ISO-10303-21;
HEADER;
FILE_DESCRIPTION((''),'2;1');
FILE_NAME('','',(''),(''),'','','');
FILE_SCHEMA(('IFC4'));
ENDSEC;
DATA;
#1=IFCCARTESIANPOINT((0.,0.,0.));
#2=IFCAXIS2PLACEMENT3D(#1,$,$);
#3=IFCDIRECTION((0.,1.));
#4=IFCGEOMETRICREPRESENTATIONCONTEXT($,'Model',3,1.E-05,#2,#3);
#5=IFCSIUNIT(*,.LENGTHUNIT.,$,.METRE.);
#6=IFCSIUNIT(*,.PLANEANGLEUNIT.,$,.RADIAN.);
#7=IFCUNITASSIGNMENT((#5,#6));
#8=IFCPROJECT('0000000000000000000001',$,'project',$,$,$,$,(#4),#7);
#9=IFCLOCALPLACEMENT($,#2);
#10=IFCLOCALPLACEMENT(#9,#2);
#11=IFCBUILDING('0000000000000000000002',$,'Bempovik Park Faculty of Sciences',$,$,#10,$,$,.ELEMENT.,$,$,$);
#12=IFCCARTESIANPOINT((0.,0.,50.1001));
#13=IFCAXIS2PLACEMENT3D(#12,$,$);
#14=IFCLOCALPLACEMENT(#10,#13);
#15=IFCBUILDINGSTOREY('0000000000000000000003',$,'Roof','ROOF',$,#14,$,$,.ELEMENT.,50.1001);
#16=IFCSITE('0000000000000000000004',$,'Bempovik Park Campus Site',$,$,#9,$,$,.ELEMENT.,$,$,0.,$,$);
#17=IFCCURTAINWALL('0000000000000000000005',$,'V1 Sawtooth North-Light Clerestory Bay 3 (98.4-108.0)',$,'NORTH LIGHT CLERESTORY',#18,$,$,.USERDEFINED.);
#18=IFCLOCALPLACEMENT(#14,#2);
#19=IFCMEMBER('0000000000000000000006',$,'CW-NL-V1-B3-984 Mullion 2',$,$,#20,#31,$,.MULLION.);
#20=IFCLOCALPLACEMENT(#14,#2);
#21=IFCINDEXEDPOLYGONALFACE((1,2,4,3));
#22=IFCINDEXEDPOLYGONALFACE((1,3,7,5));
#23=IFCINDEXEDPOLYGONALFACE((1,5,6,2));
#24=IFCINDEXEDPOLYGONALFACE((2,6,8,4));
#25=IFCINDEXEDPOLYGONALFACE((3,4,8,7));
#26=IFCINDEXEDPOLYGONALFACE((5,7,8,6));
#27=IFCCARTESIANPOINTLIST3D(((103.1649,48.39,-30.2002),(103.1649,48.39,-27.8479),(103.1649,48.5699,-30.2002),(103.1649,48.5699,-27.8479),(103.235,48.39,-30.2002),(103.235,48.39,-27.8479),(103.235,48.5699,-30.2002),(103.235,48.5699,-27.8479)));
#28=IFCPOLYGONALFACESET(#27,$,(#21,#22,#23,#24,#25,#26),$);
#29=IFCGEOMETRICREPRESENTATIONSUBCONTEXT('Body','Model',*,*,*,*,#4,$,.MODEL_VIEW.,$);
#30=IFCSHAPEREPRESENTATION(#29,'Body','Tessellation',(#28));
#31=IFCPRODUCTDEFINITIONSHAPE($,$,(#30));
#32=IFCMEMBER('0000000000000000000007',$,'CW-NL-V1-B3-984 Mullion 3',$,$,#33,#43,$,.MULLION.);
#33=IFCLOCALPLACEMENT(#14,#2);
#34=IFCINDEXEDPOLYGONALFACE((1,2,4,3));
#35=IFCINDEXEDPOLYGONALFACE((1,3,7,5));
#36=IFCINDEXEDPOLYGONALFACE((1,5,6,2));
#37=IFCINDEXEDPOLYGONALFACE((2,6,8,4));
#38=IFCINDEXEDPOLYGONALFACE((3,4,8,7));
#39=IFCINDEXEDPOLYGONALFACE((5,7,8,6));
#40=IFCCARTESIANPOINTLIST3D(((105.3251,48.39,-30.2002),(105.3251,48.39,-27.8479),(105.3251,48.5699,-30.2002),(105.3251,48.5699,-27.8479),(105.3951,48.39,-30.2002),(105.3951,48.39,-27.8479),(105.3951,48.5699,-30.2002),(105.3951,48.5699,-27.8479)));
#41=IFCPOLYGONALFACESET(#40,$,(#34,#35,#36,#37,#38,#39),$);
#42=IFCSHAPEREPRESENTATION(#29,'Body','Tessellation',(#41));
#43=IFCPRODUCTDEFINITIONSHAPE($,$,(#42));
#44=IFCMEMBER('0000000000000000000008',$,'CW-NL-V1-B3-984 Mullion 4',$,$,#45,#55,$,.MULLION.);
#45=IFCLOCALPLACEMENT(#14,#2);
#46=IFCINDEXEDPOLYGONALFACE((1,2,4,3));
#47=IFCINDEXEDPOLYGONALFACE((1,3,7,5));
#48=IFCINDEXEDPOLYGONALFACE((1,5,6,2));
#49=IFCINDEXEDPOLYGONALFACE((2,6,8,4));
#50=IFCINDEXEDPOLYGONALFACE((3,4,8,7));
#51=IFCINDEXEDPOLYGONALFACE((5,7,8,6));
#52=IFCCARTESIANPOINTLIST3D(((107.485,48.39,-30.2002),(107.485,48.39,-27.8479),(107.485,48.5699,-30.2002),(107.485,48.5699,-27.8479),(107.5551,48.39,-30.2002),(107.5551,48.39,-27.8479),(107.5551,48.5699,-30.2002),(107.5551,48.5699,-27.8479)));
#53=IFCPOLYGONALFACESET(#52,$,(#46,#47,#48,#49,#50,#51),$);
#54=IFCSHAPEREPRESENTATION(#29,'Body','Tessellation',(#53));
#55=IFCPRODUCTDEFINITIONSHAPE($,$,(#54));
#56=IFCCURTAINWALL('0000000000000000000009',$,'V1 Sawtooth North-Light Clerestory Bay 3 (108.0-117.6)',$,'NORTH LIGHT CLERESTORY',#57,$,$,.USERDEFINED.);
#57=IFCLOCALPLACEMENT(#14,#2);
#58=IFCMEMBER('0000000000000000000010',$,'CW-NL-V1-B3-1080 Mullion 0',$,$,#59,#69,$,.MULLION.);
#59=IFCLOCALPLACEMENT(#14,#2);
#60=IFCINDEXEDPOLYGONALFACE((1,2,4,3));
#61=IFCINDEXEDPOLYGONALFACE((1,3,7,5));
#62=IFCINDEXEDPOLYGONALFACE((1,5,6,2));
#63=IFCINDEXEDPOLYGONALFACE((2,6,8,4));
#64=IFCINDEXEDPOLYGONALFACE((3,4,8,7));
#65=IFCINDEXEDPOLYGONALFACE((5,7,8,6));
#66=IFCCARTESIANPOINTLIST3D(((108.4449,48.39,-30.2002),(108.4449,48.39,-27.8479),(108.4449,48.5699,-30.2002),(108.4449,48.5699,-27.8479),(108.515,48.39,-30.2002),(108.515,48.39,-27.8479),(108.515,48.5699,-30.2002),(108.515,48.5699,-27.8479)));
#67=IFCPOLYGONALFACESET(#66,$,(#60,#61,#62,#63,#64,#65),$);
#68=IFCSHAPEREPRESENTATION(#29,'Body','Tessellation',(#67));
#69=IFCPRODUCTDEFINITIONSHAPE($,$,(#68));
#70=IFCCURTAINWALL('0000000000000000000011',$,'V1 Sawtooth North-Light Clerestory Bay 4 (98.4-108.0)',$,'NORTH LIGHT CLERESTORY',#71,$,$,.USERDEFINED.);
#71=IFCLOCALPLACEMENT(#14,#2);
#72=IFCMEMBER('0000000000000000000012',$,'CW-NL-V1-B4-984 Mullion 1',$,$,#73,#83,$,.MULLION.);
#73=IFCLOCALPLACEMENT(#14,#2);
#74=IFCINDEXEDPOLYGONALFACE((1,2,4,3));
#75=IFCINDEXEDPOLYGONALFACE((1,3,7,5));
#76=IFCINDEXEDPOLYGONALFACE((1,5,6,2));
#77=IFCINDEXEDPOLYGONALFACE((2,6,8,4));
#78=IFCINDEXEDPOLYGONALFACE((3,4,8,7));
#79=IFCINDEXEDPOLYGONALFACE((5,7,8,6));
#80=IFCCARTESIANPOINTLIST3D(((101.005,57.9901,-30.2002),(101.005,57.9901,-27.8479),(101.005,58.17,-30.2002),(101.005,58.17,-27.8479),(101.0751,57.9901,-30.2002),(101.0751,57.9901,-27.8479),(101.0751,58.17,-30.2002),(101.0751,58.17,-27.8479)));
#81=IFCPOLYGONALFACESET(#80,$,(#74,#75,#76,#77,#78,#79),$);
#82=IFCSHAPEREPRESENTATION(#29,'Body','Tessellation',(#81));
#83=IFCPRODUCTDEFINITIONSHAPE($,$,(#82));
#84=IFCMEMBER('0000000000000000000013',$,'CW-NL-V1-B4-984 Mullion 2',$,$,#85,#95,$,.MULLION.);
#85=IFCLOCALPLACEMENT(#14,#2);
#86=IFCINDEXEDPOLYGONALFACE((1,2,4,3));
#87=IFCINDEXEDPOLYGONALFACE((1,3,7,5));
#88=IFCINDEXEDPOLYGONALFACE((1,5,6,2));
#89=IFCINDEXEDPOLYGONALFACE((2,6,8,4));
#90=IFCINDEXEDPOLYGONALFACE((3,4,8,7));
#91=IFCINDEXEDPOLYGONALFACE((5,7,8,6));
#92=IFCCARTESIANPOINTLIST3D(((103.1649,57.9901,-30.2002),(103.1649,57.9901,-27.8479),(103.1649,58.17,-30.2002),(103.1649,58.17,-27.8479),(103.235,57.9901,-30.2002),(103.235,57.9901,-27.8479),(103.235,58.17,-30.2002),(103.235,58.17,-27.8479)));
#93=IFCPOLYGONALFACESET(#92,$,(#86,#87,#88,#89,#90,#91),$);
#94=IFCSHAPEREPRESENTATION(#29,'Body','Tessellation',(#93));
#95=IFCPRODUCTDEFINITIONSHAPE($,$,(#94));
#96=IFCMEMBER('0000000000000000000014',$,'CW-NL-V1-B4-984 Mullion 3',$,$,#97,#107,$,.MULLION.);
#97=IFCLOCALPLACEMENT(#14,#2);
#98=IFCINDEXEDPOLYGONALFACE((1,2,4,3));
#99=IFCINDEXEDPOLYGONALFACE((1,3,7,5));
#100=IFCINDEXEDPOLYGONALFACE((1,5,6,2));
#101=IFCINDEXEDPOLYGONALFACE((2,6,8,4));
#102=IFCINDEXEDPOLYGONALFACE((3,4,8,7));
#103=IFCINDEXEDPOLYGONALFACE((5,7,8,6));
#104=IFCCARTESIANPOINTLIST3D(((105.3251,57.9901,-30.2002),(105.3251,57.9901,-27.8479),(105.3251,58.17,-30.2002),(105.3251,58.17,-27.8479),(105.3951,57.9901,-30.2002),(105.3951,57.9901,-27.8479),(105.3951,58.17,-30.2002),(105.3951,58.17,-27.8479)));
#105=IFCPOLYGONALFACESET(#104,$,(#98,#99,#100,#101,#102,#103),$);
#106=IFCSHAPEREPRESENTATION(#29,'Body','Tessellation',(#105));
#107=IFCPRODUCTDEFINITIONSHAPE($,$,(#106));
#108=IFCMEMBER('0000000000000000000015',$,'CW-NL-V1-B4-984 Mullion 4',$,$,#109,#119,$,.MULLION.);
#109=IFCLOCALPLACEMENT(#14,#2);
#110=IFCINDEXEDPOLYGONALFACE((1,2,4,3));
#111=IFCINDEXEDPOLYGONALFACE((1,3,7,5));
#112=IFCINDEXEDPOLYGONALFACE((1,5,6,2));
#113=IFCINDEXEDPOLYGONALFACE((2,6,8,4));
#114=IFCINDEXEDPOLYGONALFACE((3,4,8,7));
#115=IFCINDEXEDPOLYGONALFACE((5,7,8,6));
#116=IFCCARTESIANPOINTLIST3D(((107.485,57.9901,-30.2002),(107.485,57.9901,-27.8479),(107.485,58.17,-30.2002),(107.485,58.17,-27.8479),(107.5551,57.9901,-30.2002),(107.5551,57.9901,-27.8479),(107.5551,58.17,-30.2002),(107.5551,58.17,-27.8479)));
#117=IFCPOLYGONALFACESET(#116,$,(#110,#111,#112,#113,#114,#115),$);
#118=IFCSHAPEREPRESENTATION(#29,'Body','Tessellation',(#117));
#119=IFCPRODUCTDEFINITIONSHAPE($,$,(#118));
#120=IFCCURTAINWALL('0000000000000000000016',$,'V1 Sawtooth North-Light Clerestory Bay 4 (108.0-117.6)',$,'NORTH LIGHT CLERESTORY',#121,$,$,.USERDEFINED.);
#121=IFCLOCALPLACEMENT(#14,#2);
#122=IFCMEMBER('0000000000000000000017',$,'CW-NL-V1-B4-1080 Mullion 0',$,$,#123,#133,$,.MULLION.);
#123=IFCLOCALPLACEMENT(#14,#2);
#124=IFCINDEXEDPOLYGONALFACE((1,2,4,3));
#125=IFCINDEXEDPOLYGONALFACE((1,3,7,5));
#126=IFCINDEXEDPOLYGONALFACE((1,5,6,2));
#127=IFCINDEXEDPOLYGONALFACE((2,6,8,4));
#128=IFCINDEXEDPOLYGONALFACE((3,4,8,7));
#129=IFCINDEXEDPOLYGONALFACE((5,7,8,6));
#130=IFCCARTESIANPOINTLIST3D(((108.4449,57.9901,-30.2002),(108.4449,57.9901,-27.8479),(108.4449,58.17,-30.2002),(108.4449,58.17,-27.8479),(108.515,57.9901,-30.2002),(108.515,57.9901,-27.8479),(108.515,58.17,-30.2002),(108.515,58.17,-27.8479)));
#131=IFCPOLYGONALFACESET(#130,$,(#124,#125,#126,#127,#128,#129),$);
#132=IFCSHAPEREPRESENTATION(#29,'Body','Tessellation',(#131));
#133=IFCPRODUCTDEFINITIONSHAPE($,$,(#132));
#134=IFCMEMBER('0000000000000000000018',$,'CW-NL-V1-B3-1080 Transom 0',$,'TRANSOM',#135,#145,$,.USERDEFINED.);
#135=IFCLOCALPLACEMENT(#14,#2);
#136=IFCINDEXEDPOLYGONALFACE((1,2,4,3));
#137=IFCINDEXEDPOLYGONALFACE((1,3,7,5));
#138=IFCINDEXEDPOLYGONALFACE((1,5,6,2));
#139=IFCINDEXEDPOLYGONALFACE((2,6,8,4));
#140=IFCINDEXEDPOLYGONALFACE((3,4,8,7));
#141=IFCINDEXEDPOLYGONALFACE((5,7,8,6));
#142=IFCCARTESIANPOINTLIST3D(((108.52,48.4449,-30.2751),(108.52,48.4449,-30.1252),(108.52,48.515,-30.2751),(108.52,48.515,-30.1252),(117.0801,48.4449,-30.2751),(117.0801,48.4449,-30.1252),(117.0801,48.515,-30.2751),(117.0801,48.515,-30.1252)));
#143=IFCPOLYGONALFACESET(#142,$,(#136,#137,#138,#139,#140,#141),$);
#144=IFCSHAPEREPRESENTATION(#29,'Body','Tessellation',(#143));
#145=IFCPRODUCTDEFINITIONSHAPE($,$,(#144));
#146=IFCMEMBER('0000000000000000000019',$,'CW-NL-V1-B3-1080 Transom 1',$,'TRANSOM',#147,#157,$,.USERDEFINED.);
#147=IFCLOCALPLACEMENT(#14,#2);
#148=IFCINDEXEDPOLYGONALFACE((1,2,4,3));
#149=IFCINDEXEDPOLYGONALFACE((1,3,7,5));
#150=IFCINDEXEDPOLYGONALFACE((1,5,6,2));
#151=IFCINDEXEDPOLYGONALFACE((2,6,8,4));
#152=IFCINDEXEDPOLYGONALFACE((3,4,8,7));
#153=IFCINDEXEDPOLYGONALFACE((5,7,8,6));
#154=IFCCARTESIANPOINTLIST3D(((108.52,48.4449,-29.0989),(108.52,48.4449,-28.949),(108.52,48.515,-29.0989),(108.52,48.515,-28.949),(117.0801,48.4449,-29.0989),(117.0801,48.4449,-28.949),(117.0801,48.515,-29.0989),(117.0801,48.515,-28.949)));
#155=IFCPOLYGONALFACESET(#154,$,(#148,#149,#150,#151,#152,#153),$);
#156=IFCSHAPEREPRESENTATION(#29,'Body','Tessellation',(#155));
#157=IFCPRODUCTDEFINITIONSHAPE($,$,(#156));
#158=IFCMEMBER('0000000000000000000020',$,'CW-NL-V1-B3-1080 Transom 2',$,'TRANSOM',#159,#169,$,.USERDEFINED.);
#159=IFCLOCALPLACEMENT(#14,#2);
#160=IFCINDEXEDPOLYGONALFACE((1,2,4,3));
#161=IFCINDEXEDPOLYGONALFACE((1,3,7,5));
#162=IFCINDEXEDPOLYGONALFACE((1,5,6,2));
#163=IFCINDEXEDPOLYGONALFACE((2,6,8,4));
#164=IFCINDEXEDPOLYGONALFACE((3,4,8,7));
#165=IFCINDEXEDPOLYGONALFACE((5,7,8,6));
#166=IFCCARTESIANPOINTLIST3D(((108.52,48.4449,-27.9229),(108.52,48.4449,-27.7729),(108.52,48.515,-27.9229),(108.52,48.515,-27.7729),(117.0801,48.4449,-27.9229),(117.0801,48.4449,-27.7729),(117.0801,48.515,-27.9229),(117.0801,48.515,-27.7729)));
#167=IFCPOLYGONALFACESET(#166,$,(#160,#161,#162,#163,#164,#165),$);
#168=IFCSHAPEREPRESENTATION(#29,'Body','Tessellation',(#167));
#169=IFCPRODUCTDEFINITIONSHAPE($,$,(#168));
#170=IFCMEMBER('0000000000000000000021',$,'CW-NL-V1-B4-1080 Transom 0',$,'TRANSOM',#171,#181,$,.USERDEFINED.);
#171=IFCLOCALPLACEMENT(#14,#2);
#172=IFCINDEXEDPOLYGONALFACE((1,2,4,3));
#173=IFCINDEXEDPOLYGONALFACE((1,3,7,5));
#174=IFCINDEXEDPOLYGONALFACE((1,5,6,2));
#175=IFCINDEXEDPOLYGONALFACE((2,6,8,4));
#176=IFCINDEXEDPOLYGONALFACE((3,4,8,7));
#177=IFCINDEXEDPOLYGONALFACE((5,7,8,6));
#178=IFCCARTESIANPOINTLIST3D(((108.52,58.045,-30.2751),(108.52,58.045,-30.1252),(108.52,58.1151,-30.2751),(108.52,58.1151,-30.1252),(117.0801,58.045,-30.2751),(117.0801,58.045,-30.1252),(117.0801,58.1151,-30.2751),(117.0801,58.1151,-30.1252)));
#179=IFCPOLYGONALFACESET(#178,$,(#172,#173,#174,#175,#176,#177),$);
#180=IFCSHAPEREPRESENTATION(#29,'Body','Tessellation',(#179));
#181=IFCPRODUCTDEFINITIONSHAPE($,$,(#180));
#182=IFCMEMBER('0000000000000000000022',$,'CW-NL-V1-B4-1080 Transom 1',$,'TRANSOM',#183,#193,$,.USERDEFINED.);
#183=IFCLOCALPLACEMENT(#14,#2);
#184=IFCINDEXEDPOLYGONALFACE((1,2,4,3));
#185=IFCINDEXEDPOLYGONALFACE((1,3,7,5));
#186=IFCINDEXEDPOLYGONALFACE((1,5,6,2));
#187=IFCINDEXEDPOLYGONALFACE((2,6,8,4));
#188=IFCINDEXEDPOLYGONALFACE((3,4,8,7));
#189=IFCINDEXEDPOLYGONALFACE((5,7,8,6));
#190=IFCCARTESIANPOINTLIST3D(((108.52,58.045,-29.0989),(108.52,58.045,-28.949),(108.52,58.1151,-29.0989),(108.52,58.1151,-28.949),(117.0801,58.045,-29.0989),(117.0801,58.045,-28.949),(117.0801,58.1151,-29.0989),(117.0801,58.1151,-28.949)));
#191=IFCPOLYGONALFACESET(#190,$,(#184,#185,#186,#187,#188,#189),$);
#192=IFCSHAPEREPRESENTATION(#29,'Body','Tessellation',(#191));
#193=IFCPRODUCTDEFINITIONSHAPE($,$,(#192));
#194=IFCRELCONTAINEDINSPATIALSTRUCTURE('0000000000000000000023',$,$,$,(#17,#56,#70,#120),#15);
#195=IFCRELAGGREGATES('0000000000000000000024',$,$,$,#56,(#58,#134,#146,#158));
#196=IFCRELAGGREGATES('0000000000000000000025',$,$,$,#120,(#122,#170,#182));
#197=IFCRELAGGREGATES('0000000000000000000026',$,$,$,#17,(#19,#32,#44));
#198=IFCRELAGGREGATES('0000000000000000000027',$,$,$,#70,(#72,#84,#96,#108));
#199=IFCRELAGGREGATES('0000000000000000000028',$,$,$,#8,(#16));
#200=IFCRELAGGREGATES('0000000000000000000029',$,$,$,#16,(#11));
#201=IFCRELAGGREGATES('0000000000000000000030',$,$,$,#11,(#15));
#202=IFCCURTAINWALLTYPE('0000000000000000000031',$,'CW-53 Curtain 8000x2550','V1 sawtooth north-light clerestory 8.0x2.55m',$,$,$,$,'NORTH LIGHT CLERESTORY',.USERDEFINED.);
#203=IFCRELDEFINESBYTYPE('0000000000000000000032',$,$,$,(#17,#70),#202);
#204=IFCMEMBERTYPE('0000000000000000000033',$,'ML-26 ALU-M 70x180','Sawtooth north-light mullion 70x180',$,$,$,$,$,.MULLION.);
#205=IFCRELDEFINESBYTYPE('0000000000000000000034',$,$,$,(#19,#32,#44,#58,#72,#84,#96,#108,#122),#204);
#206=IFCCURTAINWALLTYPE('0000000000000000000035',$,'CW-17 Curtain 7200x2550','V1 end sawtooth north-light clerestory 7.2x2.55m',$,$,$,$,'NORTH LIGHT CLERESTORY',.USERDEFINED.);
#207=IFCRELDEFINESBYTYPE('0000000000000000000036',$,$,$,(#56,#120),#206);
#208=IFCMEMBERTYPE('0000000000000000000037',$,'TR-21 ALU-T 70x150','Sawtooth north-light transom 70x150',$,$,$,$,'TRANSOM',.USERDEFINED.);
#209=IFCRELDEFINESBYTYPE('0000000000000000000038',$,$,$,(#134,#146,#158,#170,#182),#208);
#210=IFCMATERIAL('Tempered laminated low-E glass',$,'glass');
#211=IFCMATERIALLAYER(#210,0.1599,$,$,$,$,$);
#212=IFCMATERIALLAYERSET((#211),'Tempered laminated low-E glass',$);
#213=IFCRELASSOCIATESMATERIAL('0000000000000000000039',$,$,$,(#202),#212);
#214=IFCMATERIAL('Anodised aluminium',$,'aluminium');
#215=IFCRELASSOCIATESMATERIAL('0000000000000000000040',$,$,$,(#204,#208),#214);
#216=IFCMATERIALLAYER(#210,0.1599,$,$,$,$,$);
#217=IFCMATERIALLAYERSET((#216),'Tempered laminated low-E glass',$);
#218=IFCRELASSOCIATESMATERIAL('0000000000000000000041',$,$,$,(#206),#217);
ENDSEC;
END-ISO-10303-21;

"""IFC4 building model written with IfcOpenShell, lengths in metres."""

from ifc_helpers import new_model, si_unit, direction, frame, origin, origin_2d, place, context, subcontext, project, spatial, rectangle, extrude, material, layer, layer_set, material_profile, profile_set, type_object, element, aggregate, save


model = new_model("IFC4")

# Units and contexts
model_context = context("Model", 3, precision=1e-05, world=origin(), true_north=direction((0.0, 1.0)))
body_context = subcontext(model_context, "Body", "Model", "MODEL_VIEW")
ifc_project = project(units=[si_unit("LENGTHUNIT", "METRE"), si_unit("PLANEANGLEUNIT", "RADIAN")], contexts=[model_context])

# Site, building, storey
site_placement = place(None, origin())
site = spatial("IfcSite", under=ifc_project, at=site_placement, Name="Bempovik Park Campus Site", CompositionType="ELEMENT", RefElevation=0.0)
building_placement = place(site_placement, origin())
building = spatial("IfcBuilding", under=site, at=building_placement, Name="Bempovik Park Faculty of Sciences", CompositionType="ELEMENT")
storey_placement = place(building_placement, frame((0.0, 0.0, 50.1001)))
storey = spatial("IfcBuildingStorey", under=building, at=storey_placement, Name="Roof", Description="ROOF", CompositionType="ELEMENT", Elevation=50.1001)

# Curtain wall, members
ifc_material_1 = material(Name="Tempered laminated low-E glass", Category="glass")
ifc_layer_1 = layer(ifc_material_1, 0.1599)
ifc_layer_set_1 = layer_set([ifc_layer_1], Name="Tempered laminated low-E glass")
curtain_wall_type_1 = type_object("IfcCurtainWallType", Name="CW-53 Curtain 8000x2550", Description="V1 sawtooth north-light clerestory 8.0x2.55m", ElementType="NORTH LIGHT CLERESTORY", PredefinedType="USERDEFINED", material=ifc_layer_set_1)
curtain_wall_1_placement = place(storey_placement, origin())
curtain_wall_1 = element("IfcCurtainWall", 1, at=curtain_wall_1_placement, inside=storey, type_object=curtain_wall_type_1, Name="V1 Sawtooth North-Light Clerestory Bay 3 (98.4-108.0)", ObjectType="NORTH LIGHT CLERESTORY", PredefinedType="USERDEFINED")
ifc_material_2 = material(Name="Anodised aluminium", Category="aluminium")
ifc_material_profile_1 = material_profile(ifc_material_2, rectangle(XDim=0.0701, YDim=0.1799, at=origin_2d()), Name="ALU-M 70x180")
ifc_profile_set_1 = profile_set([ifc_material_profile_1], Name="Anodised aluminium")
member_type_1 = type_object("IfcMemberType", Name="ML-26 ALU-M 70x180", Description="Sawtooth north-light mullion 70x180", PredefinedType="MULLION", material=ifc_profile_set_1)
member_1_placement = place(storey_placement, frame((103.2, 48.48, -30.2002), z_axis=(0.0, 0.0, 1.0), x_axis=(1.0, 0.0, 0.0)))
member_1 = element("IfcMember", 2, at=member_1_placement, type_object=member_type_1, Name="CW-NL-V1-B3-984 Mullion 2", PredefinedType="MULLION", context=body_context, shape_type="SweptSolid", body=[
    extrude(rectangle(XDim=0.0701, YDim=0.1799, at=origin_2d()), origin(), (0.0, 0.0, 1.0), 2.3523),
])
member_2_placement = place(storey_placement, frame((105.3601, 48.48, -30.2002), z_axis=(0.0, 0.0, 1.0), x_axis=(1.0, 0.0, 0.0)))
member_2 = element("IfcMember", 3, at=member_2_placement, type_object=member_type_1, Name="CW-NL-V1-B3-984 Mullion 3", PredefinedType="MULLION", context=body_context, shape_type="SweptSolid", body=[
    extrude(rectangle(XDim=0.0701, YDim=0.1799, at=origin_2d()), origin(), (0.0, 0.0, 1.0), 2.3523),
])
member_3_placement = place(storey_placement, frame((107.52, 48.48, -30.2002), z_axis=(0.0, 0.0, 1.0), x_axis=(1.0, 0.0, 0.0)))
member_3 = element("IfcMember", 4, at=member_3_placement, type_object=member_type_1, Name="CW-NL-V1-B3-984 Mullion 4", PredefinedType="MULLION", context=body_context, shape_type="SweptSolid", body=[
    extrude(rectangle(XDim=0.0701, YDim=0.1799, at=origin_2d()), origin(), (0.0, 0.0, 1.0), 2.3523),
])

# Curtain wall, member
ifc_layer_2 = layer(ifc_material_1, 0.1599)
ifc_layer_set_2 = layer_set([ifc_layer_2], Name="Tempered laminated low-E glass")
curtain_wall_type_2 = type_object("IfcCurtainWallType", Name="CW-17 Curtain 7200x2550", Description="V1 end sawtooth north-light clerestory 7.2x2.55m", ElementType="NORTH LIGHT CLERESTORY", PredefinedType="USERDEFINED", material=ifc_layer_set_2)
curtain_wall_2_placement = place(storey_placement, origin())
curtain_wall_2 = element("IfcCurtainWall", 5, at=curtain_wall_2_placement, inside=storey, type_object=curtain_wall_type_2, Name="V1 Sawtooth North-Light Clerestory Bay 3 (108.0-117.6)", ObjectType="NORTH LIGHT CLERESTORY", PredefinedType="USERDEFINED")
member_4_placement = place(storey_placement, frame((108.48, 48.48, -30.2002), z_axis=(0.0, 0.0, 1.0), x_axis=(1.0, 0.0, 0.0)))
member_4 = element("IfcMember", 6, at=member_4_placement, type_object=member_type_1, Name="CW-NL-V1-B3-1080 Mullion 0", PredefinedType="MULLION", context=body_context, shape_type="SweptSolid", body=[
    extrude(rectangle(XDim=0.0701, YDim=0.1799, at=origin_2d()), origin(), (0.0, 0.0, 1.0), 2.3523),
])

# Curtain wall, members
curtain_wall_3_placement = place(storey_placement, origin())
curtain_wall_3 = element("IfcCurtainWall", 7, at=curtain_wall_3_placement, inside=storey, type_object=curtain_wall_type_1, Name="V1 Sawtooth North-Light Clerestory Bay 4 (98.4-108.0)", ObjectType="NORTH LIGHT CLERESTORY", PredefinedType="USERDEFINED")
member_5_placement = place(storey_placement, frame((101.04, 58.0801, -30.2002), z_axis=(0.0, 0.0, 1.0), x_axis=(1.0, 0.0, 0.0)))
member_5 = element("IfcMember", 8, at=member_5_placement, type_object=member_type_1, Name="CW-NL-V1-B4-984 Mullion 1", PredefinedType="MULLION", context=body_context, shape_type="SweptSolid", body=[
    extrude(rectangle(XDim=0.0701, YDim=0.1799, at=origin_2d()), origin(), (0.0, 0.0, 1.0), 2.3523),
])
member_6_placement = place(storey_placement, frame((103.2, 58.0801, -30.2002), z_axis=(0.0, 0.0, 1.0), x_axis=(1.0, 0.0, 0.0)))
member_6 = element("IfcMember", 9, at=member_6_placement, type_object=member_type_1, Name="CW-NL-V1-B4-984 Mullion 2", PredefinedType="MULLION", context=body_context, shape_type="SweptSolid", body=[
    extrude(rectangle(XDim=0.0701, YDim=0.1799, at=origin_2d()), origin(), (0.0, 0.0, 1.0), 2.3523),
])
member_7_placement = place(storey_placement, frame((105.3601, 58.0801, -30.2002), z_axis=(0.0, 0.0, 1.0), x_axis=(1.0, 0.0, 0.0)))
member_7 = element("IfcMember", 10, at=member_7_placement, type_object=member_type_1, Name="CW-NL-V1-B4-984 Mullion 3", PredefinedType="MULLION", context=body_context, shape_type="SweptSolid", body=[
    extrude(rectangle(XDim=0.0701, YDim=0.1799, at=origin_2d()), origin(), (0.0, 0.0, 1.0), 2.3523),
])
member_8_placement = place(storey_placement, frame((107.52, 58.0801, -30.2002), z_axis=(0.0, 0.0, 1.0), x_axis=(1.0, 0.0, 0.0)))
member_8 = element("IfcMember", 11, at=member_8_placement, type_object=member_type_1, Name="CW-NL-V1-B4-984 Mullion 4", PredefinedType="MULLION", context=body_context, shape_type="SweptSolid", body=[
    extrude(rectangle(XDim=0.0701, YDim=0.1799, at=origin_2d()), origin(), (0.0, 0.0, 1.0), 2.3523),
])

# Curtain wall, member
curtain_wall_4_placement = place(storey_placement, origin())
curtain_wall_4 = element("IfcCurtainWall", 12, at=curtain_wall_4_placement, inside=storey, type_object=curtain_wall_type_2, Name="V1 Sawtooth North-Light Clerestory Bay 4 (108.0-117.6)", ObjectType="NORTH LIGHT CLERESTORY", PredefinedType="USERDEFINED")
member_9_placement = place(storey_placement, frame((108.48, 58.0801, -30.2002), z_axis=(0.0, 0.0, 1.0), x_axis=(1.0, 0.0, 0.0)))
member_9 = element("IfcMember", 13, at=member_9_placement, type_object=member_type_1, Name="CW-NL-V1-B4-1080 Mullion 0", PredefinedType="MULLION", context=body_context, shape_type="SweptSolid", body=[
    extrude(rectangle(XDim=0.0701, YDim=0.1799, at=origin_2d()), origin(), (0.0, 0.0, 1.0), 2.3523),
])

# Members
ifc_material_profile_2 = material_profile(ifc_material_2, rectangle(XDim=0.0701, YDim=0.1499, at=origin_2d()), Name="ALU-T 70x150")
ifc_profile_set_2 = profile_set([ifc_material_profile_2], Name="Anodised aluminium")
member_type_2 = type_object("IfcMemberType", Name="TR-21 ALU-T 70x150", Description="Sawtooth north-light transom 70x150", ElementType="TRANSOM", PredefinedType="USERDEFINED", material=ifc_profile_set_2)
member_10_placement = place(storey_placement, frame((108.52, 48.48, -30.2002), z_axis=(1.0, 0.0, 0.0), x_axis=(0.0, 1.0, 0.0)))
member_10 = element("IfcMember", 14, at=member_10_placement, type_object=member_type_2, Name="CW-NL-V1-B3-1080 Transom 0", ObjectType="TRANSOM", PredefinedType="USERDEFINED", context=body_context, shape_type="SweptSolid", body=[
    extrude(rectangle(XDim=0.0701, YDim=0.1499, at=origin_2d()), origin(), (0.0, 0.0, 1.0), 8.5601),
])
member_11_placement = place(storey_placement, frame((108.52, 48.48, -29.0239), z_axis=(1.0, 0.0, 0.0), x_axis=(0.0, 1.0, 0.0)))
member_11 = element("IfcMember", 15, at=member_11_placement, type_object=member_type_2, Name="CW-NL-V1-B3-1080 Transom 1", ObjectType="TRANSOM", PredefinedType="USERDEFINED", context=body_context, shape_type="SweptSolid", body=[
    extrude(rectangle(XDim=0.0701, YDim=0.1499, at=origin_2d()), origin(), (0.0, 0.0, 1.0), 8.5601),
])
member_12_placement = place(storey_placement, frame((108.52, 48.48, -27.8479), z_axis=(1.0, 0.0, 0.0), x_axis=(0.0, 1.0, 0.0)))
member_12 = element("IfcMember", 16, at=member_12_placement, type_object=member_type_2, Name="CW-NL-V1-B3-1080 Transom 2", ObjectType="TRANSOM", PredefinedType="USERDEFINED", context=body_context, shape_type="SweptSolid", body=[
    extrude(rectangle(XDim=0.0701, YDim=0.1499, at=origin_2d()), origin(), (0.0, 0.0, 1.0), 8.5601),
])
aggregate(curtain_wall_2, [member_4, member_10, member_11, member_12])
member_13_placement = place(storey_placement, frame((108.52, 58.0801, -30.2002), z_axis=(1.0, 0.0, 0.0), x_axis=(0.0, 1.0, 0.0)))
member_13 = element("IfcMember", 17, at=member_13_placement, type_object=member_type_2, Name="CW-NL-V1-B4-1080 Transom 0", ObjectType="TRANSOM", PredefinedType="USERDEFINED", context=body_context, shape_type="SweptSolid", body=[
    extrude(rectangle(XDim=0.0701, YDim=0.1499, at=origin_2d()), origin(), (0.0, 0.0, 1.0), 8.5601),
])
member_14_placement = place(storey_placement, frame((108.52, 58.0801, -29.0239), z_axis=(1.0, 0.0, 0.0), x_axis=(0.0, 1.0, 0.0)))
member_14 = element("IfcMember", 18, at=member_14_placement, type_object=member_type_2, Name="CW-NL-V1-B4-1080 Transom 1", ObjectType="TRANSOM", PredefinedType="USERDEFINED", context=body_context, shape_type="SweptSolid", body=[
    extrude(rectangle(XDim=0.0701, YDim=0.1499, at=origin_2d()), origin(), (0.0, 0.0, 1.0), 8.5601),
])
aggregate(curtain_wall_4, [member_9, member_13, member_14])

aggregate(curtain_wall_1, [member_1, member_2, member_3])
aggregate(curtain_wall_3, [member_5, member_6, member_7, member_8])

save(model, "model.ifc")
